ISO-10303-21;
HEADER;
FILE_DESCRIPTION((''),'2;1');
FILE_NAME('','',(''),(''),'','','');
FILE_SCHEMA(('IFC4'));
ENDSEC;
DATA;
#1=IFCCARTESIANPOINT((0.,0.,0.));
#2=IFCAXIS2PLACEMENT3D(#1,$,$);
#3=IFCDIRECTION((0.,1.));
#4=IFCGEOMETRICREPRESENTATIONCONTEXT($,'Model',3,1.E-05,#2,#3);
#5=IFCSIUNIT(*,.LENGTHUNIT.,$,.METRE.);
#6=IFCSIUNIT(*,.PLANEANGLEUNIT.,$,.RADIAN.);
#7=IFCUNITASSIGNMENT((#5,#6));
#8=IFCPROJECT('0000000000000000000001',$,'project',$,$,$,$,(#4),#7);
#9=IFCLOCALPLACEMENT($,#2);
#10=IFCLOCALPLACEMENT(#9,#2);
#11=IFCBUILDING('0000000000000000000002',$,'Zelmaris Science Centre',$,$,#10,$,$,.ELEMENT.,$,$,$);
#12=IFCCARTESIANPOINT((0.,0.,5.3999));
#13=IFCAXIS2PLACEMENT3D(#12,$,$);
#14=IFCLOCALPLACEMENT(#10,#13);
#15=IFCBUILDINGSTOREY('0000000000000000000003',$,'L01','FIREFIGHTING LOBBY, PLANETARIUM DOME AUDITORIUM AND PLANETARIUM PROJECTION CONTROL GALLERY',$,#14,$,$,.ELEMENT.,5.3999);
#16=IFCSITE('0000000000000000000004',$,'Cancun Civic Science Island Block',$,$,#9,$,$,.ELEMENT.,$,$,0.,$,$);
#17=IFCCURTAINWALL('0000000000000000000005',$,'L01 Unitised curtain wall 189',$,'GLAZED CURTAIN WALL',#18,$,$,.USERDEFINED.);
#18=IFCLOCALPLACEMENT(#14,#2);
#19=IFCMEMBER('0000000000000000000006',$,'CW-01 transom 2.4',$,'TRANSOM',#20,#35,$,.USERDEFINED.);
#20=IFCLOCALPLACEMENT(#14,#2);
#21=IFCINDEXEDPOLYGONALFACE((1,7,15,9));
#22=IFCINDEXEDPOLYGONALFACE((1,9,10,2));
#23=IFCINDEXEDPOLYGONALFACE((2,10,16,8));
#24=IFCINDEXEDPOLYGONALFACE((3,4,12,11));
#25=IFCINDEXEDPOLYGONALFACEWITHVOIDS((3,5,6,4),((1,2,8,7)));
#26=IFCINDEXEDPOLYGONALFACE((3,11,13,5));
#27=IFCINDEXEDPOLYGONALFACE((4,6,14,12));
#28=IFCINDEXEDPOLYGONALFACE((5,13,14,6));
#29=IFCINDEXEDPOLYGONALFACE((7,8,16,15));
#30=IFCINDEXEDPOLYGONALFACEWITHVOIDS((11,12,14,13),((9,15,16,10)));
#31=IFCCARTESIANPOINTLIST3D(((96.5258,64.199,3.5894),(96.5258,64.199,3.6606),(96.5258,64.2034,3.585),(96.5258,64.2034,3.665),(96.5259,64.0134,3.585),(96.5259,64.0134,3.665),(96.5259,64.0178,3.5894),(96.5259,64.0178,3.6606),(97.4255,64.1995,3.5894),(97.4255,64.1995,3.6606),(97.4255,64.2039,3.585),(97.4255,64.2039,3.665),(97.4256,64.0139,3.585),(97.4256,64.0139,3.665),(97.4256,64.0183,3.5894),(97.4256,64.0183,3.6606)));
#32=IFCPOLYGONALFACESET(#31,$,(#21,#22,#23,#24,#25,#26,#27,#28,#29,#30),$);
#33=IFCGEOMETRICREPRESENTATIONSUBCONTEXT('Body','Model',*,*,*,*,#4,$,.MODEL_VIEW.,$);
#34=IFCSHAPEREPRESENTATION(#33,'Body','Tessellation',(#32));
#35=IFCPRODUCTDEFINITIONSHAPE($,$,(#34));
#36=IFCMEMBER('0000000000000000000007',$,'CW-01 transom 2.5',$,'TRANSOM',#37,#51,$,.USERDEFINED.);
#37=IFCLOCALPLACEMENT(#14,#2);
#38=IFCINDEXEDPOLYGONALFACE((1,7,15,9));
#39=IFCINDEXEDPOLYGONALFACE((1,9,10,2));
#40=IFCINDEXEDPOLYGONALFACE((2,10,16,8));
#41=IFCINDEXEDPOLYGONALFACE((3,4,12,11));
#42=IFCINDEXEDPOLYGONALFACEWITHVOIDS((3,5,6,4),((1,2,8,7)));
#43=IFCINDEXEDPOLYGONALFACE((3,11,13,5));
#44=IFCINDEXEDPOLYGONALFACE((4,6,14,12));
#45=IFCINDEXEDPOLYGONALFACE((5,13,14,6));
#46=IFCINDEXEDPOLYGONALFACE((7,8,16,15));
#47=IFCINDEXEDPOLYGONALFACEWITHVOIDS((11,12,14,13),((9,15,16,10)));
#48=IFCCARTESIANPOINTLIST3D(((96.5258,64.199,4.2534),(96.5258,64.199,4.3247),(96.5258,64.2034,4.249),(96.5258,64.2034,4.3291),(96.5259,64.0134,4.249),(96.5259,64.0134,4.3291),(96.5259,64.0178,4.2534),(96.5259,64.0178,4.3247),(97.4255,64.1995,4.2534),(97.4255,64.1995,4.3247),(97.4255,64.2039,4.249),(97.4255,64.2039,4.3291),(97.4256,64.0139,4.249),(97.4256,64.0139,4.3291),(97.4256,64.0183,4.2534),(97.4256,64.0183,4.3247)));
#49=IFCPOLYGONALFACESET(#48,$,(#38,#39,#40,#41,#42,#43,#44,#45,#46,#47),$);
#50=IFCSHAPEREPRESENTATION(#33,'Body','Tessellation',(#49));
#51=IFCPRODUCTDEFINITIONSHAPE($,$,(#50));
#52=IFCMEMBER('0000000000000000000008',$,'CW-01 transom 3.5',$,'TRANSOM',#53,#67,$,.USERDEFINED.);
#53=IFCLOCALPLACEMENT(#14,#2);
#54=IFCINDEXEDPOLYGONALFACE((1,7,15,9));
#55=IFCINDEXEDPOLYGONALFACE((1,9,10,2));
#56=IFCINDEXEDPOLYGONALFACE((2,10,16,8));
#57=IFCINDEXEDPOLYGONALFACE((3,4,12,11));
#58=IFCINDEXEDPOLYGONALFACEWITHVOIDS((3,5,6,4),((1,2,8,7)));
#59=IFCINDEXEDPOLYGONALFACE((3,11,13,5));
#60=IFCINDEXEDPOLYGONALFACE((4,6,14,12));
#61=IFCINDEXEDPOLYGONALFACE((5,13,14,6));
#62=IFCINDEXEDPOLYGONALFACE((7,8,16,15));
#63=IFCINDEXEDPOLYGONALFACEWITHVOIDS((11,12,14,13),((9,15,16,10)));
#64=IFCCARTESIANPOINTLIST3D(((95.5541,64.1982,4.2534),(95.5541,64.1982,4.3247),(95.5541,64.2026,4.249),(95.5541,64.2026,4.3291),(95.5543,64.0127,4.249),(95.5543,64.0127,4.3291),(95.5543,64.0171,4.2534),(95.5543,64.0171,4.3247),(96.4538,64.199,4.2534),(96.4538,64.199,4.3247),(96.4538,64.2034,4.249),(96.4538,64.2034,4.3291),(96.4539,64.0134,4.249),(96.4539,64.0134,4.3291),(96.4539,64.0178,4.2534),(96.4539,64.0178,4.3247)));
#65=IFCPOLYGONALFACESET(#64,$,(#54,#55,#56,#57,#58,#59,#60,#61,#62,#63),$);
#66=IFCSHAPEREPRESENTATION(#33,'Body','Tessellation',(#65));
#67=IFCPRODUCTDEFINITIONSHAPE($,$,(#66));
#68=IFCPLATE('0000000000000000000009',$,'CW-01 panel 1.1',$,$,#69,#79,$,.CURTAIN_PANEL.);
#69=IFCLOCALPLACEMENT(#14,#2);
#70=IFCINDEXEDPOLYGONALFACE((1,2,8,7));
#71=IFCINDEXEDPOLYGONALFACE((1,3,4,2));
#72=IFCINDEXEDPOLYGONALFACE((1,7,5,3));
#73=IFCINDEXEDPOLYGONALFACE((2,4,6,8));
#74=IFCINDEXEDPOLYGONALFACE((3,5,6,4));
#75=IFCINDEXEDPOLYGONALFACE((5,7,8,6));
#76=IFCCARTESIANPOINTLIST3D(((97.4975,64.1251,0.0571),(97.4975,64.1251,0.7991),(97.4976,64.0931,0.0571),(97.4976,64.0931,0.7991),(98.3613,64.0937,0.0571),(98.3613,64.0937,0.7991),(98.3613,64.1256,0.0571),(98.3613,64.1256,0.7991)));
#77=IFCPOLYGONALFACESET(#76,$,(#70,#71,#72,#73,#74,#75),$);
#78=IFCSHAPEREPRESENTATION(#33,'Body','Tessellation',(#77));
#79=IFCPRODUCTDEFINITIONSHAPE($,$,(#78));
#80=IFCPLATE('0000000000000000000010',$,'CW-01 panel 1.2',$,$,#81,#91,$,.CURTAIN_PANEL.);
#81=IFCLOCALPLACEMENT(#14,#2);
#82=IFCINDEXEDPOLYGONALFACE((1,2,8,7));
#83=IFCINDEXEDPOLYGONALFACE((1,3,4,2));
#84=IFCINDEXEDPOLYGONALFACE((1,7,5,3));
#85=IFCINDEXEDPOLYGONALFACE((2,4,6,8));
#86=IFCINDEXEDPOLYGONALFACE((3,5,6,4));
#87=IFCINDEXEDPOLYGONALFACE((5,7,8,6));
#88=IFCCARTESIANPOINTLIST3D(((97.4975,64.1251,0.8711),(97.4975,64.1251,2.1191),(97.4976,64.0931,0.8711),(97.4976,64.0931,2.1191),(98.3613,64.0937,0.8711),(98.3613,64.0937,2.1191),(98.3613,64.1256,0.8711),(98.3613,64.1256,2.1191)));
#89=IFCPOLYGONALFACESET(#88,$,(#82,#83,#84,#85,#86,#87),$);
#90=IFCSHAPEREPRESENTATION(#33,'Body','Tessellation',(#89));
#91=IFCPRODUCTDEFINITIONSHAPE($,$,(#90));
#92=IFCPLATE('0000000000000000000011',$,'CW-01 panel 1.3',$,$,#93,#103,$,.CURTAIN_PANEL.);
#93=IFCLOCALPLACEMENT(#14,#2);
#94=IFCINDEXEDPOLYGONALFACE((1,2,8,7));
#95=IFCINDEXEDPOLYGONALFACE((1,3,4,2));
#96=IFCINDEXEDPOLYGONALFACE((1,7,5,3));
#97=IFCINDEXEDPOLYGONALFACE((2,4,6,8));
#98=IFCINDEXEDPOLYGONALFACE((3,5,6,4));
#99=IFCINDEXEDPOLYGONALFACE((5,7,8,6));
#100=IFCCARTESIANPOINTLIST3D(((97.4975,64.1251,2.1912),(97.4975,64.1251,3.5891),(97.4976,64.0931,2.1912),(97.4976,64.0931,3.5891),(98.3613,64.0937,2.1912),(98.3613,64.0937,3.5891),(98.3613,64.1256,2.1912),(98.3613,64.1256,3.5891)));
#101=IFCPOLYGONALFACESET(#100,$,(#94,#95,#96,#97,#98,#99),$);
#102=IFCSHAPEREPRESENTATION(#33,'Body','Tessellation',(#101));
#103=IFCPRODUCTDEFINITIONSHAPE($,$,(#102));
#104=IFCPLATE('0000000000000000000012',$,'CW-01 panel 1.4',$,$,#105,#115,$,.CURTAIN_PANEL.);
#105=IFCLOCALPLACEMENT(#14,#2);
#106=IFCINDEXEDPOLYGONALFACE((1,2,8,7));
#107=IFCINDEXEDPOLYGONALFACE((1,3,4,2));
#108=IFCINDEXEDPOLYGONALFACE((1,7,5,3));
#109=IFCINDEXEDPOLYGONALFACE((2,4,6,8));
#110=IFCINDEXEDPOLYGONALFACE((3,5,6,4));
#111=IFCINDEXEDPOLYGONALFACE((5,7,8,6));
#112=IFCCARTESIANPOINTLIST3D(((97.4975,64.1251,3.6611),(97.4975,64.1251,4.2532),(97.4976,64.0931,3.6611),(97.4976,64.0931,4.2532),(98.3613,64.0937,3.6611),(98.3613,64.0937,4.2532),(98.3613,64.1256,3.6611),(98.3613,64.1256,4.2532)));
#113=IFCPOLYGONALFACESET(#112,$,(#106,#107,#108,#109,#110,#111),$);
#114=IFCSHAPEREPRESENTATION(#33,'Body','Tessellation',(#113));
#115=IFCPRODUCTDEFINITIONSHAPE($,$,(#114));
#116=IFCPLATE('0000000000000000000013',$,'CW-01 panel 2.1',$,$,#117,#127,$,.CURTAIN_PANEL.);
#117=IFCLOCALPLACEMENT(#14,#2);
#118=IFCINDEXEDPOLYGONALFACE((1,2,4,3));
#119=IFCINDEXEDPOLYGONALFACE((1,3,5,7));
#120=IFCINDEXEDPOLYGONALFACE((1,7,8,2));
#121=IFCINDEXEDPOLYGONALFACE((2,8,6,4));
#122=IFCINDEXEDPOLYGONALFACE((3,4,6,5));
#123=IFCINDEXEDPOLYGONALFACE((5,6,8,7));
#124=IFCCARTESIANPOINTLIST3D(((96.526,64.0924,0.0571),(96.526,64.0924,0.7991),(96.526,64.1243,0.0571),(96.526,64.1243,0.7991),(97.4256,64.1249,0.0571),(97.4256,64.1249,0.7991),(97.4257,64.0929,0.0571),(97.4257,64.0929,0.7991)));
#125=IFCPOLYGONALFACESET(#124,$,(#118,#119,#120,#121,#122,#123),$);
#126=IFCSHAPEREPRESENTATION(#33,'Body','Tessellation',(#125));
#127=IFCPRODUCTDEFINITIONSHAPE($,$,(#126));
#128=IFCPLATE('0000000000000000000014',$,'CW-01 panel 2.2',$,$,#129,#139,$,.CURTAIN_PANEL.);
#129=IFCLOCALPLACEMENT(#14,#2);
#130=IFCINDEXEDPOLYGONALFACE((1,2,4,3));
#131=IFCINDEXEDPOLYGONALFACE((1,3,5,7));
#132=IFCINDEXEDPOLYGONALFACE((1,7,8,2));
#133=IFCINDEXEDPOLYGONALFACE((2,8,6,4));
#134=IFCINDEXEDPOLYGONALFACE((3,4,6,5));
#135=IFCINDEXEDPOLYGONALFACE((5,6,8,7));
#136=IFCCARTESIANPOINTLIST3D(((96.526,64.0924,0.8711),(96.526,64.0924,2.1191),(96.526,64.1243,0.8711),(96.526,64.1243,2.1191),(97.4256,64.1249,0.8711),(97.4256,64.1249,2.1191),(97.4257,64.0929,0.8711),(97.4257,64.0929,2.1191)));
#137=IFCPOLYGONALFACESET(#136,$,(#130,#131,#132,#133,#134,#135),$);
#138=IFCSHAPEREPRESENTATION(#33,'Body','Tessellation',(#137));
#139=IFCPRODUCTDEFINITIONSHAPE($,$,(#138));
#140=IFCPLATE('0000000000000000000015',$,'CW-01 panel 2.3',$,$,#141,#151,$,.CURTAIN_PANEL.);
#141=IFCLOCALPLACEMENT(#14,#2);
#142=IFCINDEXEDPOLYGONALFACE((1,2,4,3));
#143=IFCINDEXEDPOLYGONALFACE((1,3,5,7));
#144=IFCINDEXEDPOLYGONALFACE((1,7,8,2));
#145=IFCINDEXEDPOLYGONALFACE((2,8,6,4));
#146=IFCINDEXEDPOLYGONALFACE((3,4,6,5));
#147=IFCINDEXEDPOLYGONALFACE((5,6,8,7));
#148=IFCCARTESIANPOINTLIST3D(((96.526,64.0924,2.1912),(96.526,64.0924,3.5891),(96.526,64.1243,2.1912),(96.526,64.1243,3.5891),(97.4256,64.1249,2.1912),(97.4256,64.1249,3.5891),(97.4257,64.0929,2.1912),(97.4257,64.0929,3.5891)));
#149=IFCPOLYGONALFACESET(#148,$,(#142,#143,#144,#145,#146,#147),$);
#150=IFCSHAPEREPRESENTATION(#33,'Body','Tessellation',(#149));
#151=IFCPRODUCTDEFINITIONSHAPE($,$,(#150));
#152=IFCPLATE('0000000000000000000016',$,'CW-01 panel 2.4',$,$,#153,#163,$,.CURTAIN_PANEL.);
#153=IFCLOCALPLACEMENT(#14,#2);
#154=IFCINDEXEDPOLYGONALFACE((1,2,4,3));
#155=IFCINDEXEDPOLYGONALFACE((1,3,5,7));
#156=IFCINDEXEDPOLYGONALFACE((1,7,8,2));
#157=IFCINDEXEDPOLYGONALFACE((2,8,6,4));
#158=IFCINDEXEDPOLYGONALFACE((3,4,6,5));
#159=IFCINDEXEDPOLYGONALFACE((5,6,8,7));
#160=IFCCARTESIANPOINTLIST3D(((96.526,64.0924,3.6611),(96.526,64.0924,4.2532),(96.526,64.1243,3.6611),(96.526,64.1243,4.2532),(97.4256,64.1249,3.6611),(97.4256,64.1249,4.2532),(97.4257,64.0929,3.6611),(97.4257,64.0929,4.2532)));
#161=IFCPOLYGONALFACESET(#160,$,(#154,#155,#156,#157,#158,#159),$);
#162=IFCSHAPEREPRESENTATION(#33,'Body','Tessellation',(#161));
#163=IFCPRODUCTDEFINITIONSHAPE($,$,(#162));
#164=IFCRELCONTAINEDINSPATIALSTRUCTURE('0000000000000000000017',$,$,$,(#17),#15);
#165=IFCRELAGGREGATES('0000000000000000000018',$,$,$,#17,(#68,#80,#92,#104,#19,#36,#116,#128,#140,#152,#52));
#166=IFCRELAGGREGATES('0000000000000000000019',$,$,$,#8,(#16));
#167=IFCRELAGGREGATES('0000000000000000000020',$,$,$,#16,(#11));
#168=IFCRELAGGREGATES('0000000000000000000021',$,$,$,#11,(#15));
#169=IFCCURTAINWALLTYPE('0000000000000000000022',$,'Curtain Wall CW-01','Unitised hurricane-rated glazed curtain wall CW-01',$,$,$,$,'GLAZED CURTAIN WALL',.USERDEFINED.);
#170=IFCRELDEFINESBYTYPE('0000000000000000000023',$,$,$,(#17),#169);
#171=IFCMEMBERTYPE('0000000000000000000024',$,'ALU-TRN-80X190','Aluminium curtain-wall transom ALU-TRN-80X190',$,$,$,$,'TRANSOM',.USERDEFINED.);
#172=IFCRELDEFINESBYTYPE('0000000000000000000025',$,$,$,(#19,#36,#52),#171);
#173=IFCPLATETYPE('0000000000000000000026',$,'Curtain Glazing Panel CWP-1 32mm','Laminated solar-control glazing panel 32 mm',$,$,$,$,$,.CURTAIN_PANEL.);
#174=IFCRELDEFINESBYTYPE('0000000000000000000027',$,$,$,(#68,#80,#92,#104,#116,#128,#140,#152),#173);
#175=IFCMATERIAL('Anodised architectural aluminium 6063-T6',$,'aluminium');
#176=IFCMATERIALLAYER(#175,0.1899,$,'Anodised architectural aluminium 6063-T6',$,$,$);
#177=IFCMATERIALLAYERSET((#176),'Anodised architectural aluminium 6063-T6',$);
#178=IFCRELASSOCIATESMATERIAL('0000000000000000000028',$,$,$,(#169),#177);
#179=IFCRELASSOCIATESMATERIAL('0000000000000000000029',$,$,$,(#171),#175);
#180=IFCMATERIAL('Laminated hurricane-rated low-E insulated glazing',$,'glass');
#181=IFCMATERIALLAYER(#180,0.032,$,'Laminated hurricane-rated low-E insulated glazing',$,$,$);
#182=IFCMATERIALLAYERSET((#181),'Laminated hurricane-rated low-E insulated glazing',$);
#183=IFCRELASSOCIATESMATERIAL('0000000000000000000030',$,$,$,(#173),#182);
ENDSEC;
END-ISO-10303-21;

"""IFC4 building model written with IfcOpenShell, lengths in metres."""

from ifc_helpers import new_model, si_unit, direction, frame, origin, origin_2d, place, context, subcontext, project, spatial, rectangle, hollow_rectangle, extrude, material, layer, layer_set, material_profile, profile_set, type_object, element, aggregate, save


model = new_model("IFC4")

# Units and contexts
model_context = context("Model", 3, precision=1e-05, world=origin(), true_north=direction((0.0, 1.0)))
body_context = subcontext(model_context, "Body", "Model", "MODEL_VIEW")
ifc_project = project(units=[si_unit("LENGTHUNIT", "METRE"), si_unit("PLANEANGLEUNIT", "RADIAN")], contexts=[model_context])

# Site, building, storey
site_placement = place(None, origin())
site = spatial("IfcSite", under=ifc_project, at=site_placement, Name="Cancun Civic Science Island Block", CompositionType="ELEMENT", RefElevation=0.0)
building_placement = place(site_placement, origin())
building = spatial("IfcBuilding", under=site, at=building_placement, Name="Zelmaris Science Centre", CompositionType="ELEMENT")
storey_placement = place(building_placement, frame((0.0, 0.0, 5.3999)))
storey = spatial("IfcBuildingStorey", under=building, at=storey_placement, Name="L01", Description="FIREFIGHTING LOBBY, PLANETARIUM DOME AUDITORIUM AND PLANETARIUM PROJECTION CONTROL GALLERY", CompositionType="ELEMENT", Elevation=5.3999)

# Curtain wall, members, plates
ifc_material_1 = material(Name="Anodised architectural aluminium 6063-T6", Category="aluminium")
ifc_layer_1 = layer(ifc_material_1, 0.1899, Name="Anodised architectural aluminium 6063-T6")
ifc_layer_set_1 = layer_set([ifc_layer_1], Name="Anodised architectural aluminium 6063-T6")
curtain_wall_type = type_object("IfcCurtainWallType", Name="Curtain Wall CW-01", Description="Unitised hurricane-rated glazed curtain wall CW-01", ElementType="GLAZED CURTAIN WALL", PredefinedType="USERDEFINED", material=ifc_layer_set_1)
curtain_wall_placement = place(storey_placement, origin())
curtain_wall = element("IfcCurtainWall", 1, at=curtain_wall_placement, inside=storey, type_object=curtain_wall_type, Name="L01 Unitised curtain wall 189", ObjectType="GLAZED CURTAIN WALL", PredefinedType="USERDEFINED")
ifc_material_profile_1 = material_profile(ifc_material_1, hollow_rectangle(XDim=0.0801, YDim=0.1899, WallThickness=0.0044, at=origin_2d()), Name="ALU-TRN-80X190")
ifc_profile_set_1 = profile_set([ifc_material_profile_1], Name="Anodised architectural aluminium 6063-T6")
member_type_1 = type_object("IfcMemberType", Name="ALU-TRN-80X190", Description="Aluminium curtain-wall transom ALU-TRN-80X190", ElementType="TRANSOM", PredefinedType="USERDEFINED", material=ifc_profile_set_1)
member_1_placement = place(storey_placement, frame((97.4255, 64.1089, 3.625), z_axis=(-1.0, -0.000543, 0.0), x_axis=(0.0, 0.0, 1.0)))
member_1 = element("IfcMember", 2, at=member_1_placement, type_object=member_type_1, Name="CW-01 transom 2.4", ObjectType="TRANSOM", PredefinedType="USERDEFINED", context=body_context, shape_type="SweptSolid", body=[
    extrude(hollow_rectangle(XDim=0.0801, YDim=0.1899, WallThickness=0.0044, at=origin_2d()), origin(), (0.0, 0.0, 1.0), 0.8997),
])
member_2_placement = place(storey_placement, frame((97.4255, 64.1089, 4.2891), z_axis=(-1.0, -0.000543, 0.0), x_axis=(0.0, 0.0, 1.0)))
member_2 = element("IfcMember", 3, at=member_2_placement, type_object=member_type_1, Name="CW-01 transom 2.5", ObjectType="TRANSOM", PredefinedType="USERDEFINED", context=body_context, shape_type="SweptSolid", body=[
    extrude(hollow_rectangle(XDim=0.0801, YDim=0.1899, WallThickness=0.0044, at=origin_2d()), origin(), (0.0, 0.0, 1.0), 0.8997),
])
member_3_placement = place(storey_placement, frame((96.4539, 64.1084, 4.2891), z_axis=(-1.0, -0.000814, 0.0), x_axis=(0.0, 0.0, 1.0)))
member_3 = element("IfcMember", 4, at=member_3_placement, type_object=member_type_1, Name="CW-01 transom 3.5", ObjectType="TRANSOM", PredefinedType="USERDEFINED", context=body_context, shape_type="SweptSolid", body=[
    extrude(hollow_rectangle(XDim=0.0801, YDim=0.1899, WallThickness=0.0044, at=origin_2d()), origin(), (0.0, 0.0, 1.0), 0.8997),
])
ifc_material_2 = material(Name="Laminated hurricane-rated low-E insulated glazing", Category="glass")
ifc_layer_2 = layer(ifc_material_2, 0.032, Name="Laminated hurricane-rated low-E insulated glazing")
ifc_layer_set_2 = layer_set([ifc_layer_2], Name="Laminated hurricane-rated low-E insulated glazing")
plate_type = type_object("IfcPlateType", Name="Curtain Glazing Panel CWP-1 32mm", Description="Laminated solar-control glazing panel 32 mm", PredefinedType="CURTAIN_PANEL", material=ifc_layer_set_2)
plate_1_placement = place(storey_placement, frame((97.9294, 64.1094, 0.0571), z_axis=(0.0, 0.0, 1.0), x_axis=(-1.0, -0.000643, 0.0)))
plate_1 = element("IfcPlate", 5, at=plate_1_placement, type_object=plate_type, Name="CW-01 panel 1.1", PredefinedType="CURTAIN_PANEL", context=body_context, shape_type="SweptSolid", body=[
    extrude(rectangle(XDim=0.8638, YDim=0.032, at=origin_2d()), origin(), (0.0, 0.0, 1.0), 0.7419),
])
plate_2_placement = place(storey_placement, frame((97.9294, 64.1094, 0.8711), z_axis=(0.0, 0.0, 1.0), x_axis=(-1.0, -0.000643, 0.0)))
plate_2 = element("IfcPlate", 6, at=plate_2_placement, type_object=plate_type, Name="CW-01 panel 1.2", PredefinedType="CURTAIN_PANEL", context=body_context, shape_type="SweptSolid", body=[
    extrude(rectangle(XDim=0.8638, YDim=0.032, at=origin_2d()), origin(), (0.0, 0.0, 1.0), 1.248),
])
plate_3_placement = place(storey_placement, frame((97.9294, 64.1094, 2.1912), z_axis=(0.0, 0.0, 1.0), x_axis=(-1.0, -0.000643, 0.0)))
plate_3 = element("IfcPlate", 7, at=plate_3_placement, type_object=plate_type, Name="CW-01 panel 1.3", PredefinedType="CURTAIN_PANEL", context=body_context, shape_type="SweptSolid", body=[
    extrude(rectangle(XDim=0.8638, YDim=0.032, at=origin_2d()), origin(), (0.0, 0.0, 1.0), 1.3979),
])
plate_4_placement = place(storey_placement, frame((97.9294, 64.1094, 3.6611), z_axis=(0.0, 0.0, 1.0), x_axis=(-1.0, -0.000643, 0.0)))
plate_4 = element("IfcPlate", 8, at=plate_4_placement, type_object=plate_type, Name="CW-01 panel 1.4", PredefinedType="CURTAIN_PANEL", context=body_context, shape_type="SweptSolid", body=[
    extrude(rectangle(XDim=0.8638, YDim=0.032, at=origin_2d()), origin(), (0.0, 0.0, 1.0), 0.592),
])
plate_5_placement = place(storey_placement, frame((96.9758, 64.1086, 0.0571), z_axis=(0.0, 0.0, 1.0), x_axis=(-1.0, -0.000643, 0.0)))
plate_5 = element("IfcPlate", 9, at=plate_5_placement, type_object=plate_type, Name="CW-01 panel 2.1", PredefinedType="CURTAIN_PANEL", context=body_context, shape_type="SweptSolid", body=[
    extrude(rectangle(XDim=0.8997, YDim=0.032, at=origin_2d()), origin(), (0.0, 0.0, 1.0), 0.7419),
])
plate_6_placement = place(storey_placement, frame((96.9758, 64.1086, 0.8711), z_axis=(0.0, 0.0, 1.0), x_axis=(-1.0, -0.000643, 0.0)))
plate_6 = element("IfcPlate", 10, at=plate_6_placement, type_object=plate_type, Name="CW-01 panel 2.2", PredefinedType="CURTAIN_PANEL", context=body_context, shape_type="SweptSolid", body=[
    extrude(rectangle(XDim=0.8997, YDim=0.032, at=origin_2d()), origin(), (0.0, 0.0, 1.0), 1.248),
])
plate_7_placement = place(storey_placement, frame((96.9758, 64.1086, 2.1912), z_axis=(0.0, 0.0, 1.0), x_axis=(-1.0, -0.000643, 0.0)))
plate_7 = element("IfcPlate", 11, at=plate_7_placement, type_object=plate_type, Name="CW-01 panel 2.3", PredefinedType="CURTAIN_PANEL", context=body_context, shape_type="SweptSolid", body=[
    extrude(rectangle(XDim=0.8997, YDim=0.032, at=origin_2d()), origin(), (0.0, 0.0, 1.0), 1.3979),
])
plate_8_placement = place(storey_placement, frame((96.9758, 64.1086, 3.6611), z_axis=(0.0, 0.0, 1.0), x_axis=(-1.0, -0.000643, 0.0)))
plate_8 = element("IfcPlate", 12, at=plate_8_placement, type_object=plate_type, Name="CW-01 panel 2.4", PredefinedType="CURTAIN_PANEL", context=body_context, shape_type="SweptSolid", body=[
    extrude(rectangle(XDim=0.8997, YDim=0.032, at=origin_2d()), origin(), (0.0, 0.0, 1.0), 0.592),
])
aggregate(curtain_wall, [plate_1, plate_2, plate_3, plate_4, member_1, member_2, plate_5, plate_6, plate_7, plate_8, member_3])

save(model, "model.ifc")
